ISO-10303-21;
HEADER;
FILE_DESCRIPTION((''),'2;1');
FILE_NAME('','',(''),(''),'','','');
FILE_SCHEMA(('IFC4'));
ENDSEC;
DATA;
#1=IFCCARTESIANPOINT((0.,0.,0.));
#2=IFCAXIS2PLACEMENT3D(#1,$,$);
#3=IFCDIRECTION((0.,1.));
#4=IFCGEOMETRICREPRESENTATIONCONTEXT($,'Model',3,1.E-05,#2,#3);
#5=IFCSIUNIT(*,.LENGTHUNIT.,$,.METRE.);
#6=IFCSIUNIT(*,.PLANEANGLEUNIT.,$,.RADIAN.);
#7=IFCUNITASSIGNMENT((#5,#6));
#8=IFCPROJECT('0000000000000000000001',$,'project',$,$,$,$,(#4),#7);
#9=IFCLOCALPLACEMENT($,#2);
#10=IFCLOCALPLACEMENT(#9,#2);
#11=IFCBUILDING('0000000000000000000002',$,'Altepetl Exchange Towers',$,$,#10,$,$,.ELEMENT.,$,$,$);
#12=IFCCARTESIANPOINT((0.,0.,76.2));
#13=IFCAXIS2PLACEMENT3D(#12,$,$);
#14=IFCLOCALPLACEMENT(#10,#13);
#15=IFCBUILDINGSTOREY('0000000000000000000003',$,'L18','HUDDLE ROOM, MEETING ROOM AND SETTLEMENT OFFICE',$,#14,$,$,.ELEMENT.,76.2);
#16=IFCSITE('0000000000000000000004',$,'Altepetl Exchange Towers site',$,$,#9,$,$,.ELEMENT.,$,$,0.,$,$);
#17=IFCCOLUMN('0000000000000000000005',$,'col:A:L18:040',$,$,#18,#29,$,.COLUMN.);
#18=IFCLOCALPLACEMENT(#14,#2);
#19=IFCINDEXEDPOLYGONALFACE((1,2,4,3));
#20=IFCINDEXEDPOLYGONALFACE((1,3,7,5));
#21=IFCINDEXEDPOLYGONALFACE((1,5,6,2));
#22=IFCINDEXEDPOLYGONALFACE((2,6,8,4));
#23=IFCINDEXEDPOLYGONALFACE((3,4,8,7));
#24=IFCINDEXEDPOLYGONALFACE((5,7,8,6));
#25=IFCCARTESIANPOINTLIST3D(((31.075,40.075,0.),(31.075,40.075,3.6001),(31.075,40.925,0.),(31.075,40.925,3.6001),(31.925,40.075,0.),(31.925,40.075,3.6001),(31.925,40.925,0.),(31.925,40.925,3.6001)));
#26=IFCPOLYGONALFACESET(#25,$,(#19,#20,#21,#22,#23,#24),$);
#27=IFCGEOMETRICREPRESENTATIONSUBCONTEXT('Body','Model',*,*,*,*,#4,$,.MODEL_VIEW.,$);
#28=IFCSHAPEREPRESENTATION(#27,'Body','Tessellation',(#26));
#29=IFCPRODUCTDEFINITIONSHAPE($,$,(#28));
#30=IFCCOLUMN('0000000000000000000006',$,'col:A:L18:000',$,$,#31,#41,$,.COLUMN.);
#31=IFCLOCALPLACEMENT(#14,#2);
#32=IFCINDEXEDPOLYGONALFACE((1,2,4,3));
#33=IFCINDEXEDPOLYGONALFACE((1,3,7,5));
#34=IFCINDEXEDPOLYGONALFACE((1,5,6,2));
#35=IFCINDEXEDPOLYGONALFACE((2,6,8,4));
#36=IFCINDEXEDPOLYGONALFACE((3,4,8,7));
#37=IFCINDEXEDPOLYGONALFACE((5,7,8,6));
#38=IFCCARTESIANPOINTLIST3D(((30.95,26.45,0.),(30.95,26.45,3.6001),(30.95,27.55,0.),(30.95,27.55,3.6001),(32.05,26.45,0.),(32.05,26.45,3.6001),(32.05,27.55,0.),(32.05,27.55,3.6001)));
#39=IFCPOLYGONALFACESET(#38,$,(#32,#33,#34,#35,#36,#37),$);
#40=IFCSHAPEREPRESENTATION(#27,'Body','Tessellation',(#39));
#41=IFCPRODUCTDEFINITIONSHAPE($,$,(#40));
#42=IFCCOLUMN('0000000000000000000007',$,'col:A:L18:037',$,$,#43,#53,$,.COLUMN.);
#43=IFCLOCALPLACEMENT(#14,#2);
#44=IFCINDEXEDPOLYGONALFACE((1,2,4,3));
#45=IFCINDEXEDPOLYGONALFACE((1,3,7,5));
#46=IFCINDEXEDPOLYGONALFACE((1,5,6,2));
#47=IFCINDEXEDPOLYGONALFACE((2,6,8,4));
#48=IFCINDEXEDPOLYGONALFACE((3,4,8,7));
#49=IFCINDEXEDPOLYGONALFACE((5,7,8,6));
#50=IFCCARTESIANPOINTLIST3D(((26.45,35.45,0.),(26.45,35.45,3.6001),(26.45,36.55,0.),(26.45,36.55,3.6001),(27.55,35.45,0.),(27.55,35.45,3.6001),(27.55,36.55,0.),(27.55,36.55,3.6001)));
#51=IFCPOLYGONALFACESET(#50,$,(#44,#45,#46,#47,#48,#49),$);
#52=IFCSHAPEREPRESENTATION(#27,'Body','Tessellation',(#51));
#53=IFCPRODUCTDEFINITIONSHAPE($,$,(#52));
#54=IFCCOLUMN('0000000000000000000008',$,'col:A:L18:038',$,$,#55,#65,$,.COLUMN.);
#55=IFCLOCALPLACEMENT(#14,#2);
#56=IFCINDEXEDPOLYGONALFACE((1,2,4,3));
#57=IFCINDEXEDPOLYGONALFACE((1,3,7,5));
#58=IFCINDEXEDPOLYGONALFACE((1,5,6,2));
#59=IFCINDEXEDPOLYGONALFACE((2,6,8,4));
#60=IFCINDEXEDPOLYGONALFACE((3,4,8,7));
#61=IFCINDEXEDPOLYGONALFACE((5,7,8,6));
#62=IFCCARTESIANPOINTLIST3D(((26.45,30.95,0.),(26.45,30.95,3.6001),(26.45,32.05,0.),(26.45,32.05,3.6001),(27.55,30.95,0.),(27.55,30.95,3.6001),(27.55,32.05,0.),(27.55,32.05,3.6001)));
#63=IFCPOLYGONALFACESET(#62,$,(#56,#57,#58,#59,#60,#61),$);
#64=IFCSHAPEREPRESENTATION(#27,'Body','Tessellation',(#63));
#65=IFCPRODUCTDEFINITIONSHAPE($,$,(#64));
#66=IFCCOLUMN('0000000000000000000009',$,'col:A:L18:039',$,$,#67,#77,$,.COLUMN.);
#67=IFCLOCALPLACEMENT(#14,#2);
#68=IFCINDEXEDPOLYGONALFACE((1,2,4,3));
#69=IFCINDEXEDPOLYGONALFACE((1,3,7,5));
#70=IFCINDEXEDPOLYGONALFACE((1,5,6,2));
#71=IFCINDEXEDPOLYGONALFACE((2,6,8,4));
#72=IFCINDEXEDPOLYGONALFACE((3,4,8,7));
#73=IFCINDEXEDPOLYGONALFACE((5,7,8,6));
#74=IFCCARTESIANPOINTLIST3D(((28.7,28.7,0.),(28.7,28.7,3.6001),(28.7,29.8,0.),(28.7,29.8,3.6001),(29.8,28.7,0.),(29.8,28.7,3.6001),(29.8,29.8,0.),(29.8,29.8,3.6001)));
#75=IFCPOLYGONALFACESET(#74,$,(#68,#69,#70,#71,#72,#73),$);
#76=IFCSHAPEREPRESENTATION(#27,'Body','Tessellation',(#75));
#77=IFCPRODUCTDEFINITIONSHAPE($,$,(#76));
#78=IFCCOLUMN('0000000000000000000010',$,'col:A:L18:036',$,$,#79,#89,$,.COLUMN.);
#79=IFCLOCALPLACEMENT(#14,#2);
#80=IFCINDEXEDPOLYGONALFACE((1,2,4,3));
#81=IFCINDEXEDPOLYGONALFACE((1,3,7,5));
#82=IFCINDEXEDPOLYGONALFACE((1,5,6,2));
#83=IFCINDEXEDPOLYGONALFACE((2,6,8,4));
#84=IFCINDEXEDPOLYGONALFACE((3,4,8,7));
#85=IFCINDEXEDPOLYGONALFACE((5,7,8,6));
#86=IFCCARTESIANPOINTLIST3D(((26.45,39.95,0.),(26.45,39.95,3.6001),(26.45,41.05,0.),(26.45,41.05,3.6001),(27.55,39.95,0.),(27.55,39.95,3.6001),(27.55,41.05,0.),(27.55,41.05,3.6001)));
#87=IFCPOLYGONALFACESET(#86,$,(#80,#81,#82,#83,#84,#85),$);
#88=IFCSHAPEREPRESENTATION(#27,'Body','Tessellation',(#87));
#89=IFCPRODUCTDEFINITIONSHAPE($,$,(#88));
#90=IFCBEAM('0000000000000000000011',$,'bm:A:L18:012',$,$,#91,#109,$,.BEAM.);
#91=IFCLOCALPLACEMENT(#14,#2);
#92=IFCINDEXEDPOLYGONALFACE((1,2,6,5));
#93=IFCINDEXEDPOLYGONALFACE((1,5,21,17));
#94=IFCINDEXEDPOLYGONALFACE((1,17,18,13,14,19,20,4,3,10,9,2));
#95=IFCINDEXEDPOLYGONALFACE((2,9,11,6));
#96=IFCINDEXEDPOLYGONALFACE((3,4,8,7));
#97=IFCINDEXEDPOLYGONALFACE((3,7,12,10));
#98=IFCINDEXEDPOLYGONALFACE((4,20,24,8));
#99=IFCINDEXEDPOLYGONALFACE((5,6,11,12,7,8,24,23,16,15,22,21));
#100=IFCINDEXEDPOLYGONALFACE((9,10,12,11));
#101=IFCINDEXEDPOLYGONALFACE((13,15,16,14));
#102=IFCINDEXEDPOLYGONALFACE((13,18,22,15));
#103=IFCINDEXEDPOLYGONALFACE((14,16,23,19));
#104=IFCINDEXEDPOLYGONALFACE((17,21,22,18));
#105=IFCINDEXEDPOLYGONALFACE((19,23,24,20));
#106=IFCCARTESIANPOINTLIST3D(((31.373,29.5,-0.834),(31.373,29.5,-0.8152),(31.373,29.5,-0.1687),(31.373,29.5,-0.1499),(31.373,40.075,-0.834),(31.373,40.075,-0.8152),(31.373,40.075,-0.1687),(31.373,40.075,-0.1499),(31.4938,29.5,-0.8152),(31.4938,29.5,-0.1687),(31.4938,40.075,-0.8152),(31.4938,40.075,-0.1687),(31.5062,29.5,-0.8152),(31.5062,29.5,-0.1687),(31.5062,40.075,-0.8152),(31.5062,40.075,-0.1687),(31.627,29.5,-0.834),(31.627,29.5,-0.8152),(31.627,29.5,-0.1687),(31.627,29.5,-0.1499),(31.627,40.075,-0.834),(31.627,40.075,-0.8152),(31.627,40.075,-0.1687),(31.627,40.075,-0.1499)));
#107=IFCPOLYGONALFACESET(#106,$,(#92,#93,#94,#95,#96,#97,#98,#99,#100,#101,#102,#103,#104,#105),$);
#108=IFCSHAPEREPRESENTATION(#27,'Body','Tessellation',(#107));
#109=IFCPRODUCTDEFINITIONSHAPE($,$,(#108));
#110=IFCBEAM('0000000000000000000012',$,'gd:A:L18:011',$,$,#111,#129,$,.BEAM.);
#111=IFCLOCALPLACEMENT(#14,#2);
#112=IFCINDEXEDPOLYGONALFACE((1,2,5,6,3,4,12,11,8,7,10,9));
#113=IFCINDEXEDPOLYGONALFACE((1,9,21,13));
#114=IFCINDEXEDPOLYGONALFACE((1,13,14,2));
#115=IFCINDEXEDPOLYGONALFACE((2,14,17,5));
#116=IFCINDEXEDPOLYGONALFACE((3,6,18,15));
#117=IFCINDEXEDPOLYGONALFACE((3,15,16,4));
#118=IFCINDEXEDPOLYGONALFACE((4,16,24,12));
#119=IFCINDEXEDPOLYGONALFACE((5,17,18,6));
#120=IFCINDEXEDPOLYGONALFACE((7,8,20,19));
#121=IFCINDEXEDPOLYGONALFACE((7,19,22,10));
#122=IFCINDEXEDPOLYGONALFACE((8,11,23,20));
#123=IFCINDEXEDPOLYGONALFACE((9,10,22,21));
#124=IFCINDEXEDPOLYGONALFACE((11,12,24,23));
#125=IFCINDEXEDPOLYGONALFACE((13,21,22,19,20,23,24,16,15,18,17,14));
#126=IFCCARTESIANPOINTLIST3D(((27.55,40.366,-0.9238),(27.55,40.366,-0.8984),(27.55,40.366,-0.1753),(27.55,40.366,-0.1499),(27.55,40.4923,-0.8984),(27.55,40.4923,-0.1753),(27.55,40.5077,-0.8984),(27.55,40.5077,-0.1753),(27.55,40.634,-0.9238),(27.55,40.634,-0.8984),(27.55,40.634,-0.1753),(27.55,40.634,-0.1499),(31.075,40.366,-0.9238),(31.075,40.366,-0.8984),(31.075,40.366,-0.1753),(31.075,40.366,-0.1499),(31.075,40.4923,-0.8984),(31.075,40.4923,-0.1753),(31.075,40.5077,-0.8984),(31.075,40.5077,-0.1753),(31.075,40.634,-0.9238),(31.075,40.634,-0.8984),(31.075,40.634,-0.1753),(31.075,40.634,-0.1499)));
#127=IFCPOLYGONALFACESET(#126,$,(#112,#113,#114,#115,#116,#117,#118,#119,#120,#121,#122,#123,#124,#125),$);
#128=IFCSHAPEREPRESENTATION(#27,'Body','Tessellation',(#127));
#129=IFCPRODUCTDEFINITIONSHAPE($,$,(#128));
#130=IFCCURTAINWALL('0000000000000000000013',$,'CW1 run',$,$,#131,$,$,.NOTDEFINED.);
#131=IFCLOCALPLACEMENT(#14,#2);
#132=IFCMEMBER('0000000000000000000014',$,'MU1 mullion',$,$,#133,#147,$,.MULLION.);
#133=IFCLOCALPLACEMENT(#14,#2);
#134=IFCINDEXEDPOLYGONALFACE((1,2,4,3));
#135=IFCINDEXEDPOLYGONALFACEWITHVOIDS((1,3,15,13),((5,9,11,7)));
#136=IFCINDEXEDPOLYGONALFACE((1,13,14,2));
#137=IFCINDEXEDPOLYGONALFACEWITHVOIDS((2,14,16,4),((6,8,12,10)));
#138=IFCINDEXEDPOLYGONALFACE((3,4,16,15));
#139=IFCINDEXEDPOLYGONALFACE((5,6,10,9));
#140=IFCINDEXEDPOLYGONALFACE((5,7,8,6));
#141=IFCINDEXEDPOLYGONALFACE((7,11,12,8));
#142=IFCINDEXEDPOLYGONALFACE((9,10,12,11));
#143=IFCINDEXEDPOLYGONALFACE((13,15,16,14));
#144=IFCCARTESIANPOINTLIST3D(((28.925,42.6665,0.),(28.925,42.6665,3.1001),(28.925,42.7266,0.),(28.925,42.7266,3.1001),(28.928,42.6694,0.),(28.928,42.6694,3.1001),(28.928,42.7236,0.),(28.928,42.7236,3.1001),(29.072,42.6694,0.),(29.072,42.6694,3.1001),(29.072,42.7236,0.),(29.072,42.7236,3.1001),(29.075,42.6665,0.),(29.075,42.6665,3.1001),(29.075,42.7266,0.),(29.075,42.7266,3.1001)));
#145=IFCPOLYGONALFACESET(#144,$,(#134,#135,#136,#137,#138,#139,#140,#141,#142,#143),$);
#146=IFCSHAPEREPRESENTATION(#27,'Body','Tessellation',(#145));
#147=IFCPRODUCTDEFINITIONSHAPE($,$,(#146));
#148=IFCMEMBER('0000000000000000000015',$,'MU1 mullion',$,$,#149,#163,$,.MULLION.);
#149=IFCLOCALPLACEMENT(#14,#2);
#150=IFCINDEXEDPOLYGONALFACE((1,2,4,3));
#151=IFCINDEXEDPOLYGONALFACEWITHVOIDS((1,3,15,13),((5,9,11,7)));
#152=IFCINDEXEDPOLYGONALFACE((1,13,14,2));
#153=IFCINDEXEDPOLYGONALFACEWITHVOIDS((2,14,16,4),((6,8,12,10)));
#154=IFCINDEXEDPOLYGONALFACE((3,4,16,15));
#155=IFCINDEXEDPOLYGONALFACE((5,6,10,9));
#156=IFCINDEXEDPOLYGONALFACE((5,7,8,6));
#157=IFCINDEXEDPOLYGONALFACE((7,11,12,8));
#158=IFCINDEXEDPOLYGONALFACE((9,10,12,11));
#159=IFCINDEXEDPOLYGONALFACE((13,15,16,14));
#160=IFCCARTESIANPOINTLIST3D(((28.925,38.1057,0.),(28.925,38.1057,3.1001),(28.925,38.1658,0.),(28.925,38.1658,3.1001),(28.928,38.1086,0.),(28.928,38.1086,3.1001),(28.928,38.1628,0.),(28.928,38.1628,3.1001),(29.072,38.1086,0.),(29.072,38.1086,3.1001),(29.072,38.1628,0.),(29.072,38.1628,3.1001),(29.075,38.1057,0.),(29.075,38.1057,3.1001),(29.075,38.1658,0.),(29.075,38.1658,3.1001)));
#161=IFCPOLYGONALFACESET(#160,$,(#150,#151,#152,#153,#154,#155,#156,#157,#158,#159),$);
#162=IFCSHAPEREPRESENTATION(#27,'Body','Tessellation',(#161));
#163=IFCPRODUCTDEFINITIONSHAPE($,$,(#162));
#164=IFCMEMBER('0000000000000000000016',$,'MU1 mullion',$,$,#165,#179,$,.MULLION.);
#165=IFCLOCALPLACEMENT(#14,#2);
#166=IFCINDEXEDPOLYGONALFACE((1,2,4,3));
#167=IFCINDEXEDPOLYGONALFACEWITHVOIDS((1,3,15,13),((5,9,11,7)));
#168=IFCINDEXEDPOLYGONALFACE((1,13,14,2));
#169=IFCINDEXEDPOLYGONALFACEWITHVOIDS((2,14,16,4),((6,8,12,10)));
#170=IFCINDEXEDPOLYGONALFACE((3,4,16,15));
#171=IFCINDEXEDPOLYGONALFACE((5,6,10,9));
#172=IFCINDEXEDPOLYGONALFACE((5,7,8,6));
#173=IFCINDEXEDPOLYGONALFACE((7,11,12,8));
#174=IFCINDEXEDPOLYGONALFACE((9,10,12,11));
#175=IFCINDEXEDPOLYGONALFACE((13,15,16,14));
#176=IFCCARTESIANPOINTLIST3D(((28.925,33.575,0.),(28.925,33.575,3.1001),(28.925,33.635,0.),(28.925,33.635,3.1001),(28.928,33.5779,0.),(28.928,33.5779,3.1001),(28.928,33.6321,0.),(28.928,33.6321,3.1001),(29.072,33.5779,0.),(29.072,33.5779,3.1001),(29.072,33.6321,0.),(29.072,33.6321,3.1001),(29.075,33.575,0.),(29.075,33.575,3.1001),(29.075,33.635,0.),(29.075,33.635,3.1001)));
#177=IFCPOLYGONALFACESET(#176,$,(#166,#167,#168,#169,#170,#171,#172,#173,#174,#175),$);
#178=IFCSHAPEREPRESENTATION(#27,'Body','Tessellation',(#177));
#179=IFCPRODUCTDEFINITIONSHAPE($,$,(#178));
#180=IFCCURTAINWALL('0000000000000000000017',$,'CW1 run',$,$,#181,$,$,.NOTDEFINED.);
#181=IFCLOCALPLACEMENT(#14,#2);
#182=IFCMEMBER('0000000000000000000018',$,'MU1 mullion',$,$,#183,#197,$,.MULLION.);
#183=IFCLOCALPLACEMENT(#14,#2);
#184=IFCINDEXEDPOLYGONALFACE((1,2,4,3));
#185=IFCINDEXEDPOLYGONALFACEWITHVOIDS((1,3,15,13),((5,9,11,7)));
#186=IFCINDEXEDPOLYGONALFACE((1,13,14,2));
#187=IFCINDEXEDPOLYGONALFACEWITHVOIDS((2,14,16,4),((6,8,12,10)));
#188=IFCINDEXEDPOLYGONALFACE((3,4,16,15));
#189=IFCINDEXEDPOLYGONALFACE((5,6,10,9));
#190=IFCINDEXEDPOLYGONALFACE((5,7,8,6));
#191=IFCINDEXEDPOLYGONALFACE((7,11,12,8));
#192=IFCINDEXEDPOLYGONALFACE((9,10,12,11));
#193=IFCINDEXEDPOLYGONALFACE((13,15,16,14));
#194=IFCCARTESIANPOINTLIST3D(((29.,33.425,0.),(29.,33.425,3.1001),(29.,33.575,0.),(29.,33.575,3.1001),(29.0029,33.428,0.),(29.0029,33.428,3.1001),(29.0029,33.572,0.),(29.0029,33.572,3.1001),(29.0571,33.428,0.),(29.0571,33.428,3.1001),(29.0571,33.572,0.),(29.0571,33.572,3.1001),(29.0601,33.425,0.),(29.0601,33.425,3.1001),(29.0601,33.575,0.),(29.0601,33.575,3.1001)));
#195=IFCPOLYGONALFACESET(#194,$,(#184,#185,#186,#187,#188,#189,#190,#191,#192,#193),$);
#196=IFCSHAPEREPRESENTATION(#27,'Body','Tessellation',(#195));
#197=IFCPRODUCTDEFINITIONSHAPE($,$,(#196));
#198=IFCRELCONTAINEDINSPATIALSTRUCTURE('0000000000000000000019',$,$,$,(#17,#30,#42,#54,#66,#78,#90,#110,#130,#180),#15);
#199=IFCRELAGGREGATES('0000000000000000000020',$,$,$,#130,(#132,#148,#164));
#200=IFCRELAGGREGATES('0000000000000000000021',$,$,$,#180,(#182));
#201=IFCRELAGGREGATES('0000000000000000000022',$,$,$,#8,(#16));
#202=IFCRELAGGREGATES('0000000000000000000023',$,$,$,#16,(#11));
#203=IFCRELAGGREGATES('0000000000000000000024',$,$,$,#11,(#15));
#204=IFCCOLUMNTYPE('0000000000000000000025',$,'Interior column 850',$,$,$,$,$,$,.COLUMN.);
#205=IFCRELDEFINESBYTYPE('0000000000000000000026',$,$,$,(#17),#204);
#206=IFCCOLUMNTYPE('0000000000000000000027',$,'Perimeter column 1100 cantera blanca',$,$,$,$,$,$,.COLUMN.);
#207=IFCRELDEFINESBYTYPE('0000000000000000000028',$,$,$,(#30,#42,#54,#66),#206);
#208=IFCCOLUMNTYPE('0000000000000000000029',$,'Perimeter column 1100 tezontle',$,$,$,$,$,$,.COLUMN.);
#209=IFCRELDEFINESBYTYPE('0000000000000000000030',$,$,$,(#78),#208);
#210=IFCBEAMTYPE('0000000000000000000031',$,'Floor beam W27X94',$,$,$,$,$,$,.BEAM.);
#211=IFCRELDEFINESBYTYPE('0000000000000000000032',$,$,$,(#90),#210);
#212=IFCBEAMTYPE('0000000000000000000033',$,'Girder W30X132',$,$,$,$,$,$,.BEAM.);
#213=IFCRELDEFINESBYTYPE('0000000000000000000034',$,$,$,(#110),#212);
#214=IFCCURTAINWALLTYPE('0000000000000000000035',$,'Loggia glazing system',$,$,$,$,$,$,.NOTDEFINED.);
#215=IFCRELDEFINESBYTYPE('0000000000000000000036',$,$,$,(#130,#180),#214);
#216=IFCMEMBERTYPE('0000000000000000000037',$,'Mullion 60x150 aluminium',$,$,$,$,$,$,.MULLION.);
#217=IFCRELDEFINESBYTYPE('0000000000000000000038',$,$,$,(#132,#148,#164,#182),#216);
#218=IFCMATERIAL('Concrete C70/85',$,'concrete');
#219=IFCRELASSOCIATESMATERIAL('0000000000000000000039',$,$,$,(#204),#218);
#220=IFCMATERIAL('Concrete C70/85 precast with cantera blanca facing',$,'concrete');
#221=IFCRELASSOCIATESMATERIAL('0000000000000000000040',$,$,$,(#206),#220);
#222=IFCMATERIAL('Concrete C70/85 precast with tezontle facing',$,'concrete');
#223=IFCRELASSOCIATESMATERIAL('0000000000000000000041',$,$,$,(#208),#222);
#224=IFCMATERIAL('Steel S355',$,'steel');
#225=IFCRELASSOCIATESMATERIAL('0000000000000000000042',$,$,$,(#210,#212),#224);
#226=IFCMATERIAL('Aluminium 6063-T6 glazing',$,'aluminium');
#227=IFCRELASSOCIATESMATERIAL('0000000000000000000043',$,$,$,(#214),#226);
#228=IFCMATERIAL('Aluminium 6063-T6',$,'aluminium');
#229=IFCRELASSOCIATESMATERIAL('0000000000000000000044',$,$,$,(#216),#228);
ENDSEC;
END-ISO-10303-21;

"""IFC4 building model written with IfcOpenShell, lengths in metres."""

from ifc_helpers import new_model, si_unit, direction, frame, origin, origin_2d, place, context, subcontext, project, spatial, rectangle, hollow_rectangle, i_section, extrude, material, material_profile, profile_set, type_object, element, aggregate, save


model = new_model("IFC4")

# Units and contexts
model_context = context("Model", 3, precision=1e-05, world=origin(), true_north=direction((0.0, 1.0)))
body_context = subcontext(model_context, "Body", "Model", "MODEL_VIEW")
ifc_project = project(units=[si_unit("LENGTHUNIT", "METRE"), si_unit("PLANEANGLEUNIT", "RADIAN")], contexts=[model_context])

# Site, building, storey
site_placement = place(None, origin())
site = spatial("IfcSite", under=ifc_project, at=site_placement, Name="Altepetl Exchange Towers site", CompositionType="ELEMENT", RefElevation=0.0)
building_placement = place(site_placement, origin())
building = spatial("IfcBuilding", under=site, at=building_placement, Name="Altepetl Exchange Towers", CompositionType="ELEMENT")
storey_placement = place(building_placement, frame((0.0, 0.0, 76.2)))
storey = spatial("IfcBuildingStorey", under=building, at=storey_placement, Name="L18", Description="HUDDLE ROOM, MEETING ROOM AND SETTLEMENT OFFICE", CompositionType="ELEMENT", Elevation=76.2)

# Columns
ifc_material_1 = material(Name="Concrete C70/85", Category="concrete")
ifc_material_profile_1 = material_profile(ifc_material_1, rectangle(XDim=0.8501, YDim=0.8501, at=origin_2d()), Name="850 x 850")
ifc_profile_set_1 = profile_set([ifc_material_profile_1], Name="Concrete C70/85")
column_type_1 = type_object("IfcColumnType", Name="Interior column 850", PredefinedType="COLUMN", material=ifc_profile_set_1)
column_1_placement = place(storey_placement, frame((31.5, 40.5, 0.0)))
element("IfcColumn", 1, at=column_1_placement, inside=storey, type_object=column_type_1, Name="col:A:L18:040", PredefinedType="COLUMN", context=body_context, shape_type="SweptSolid", body=[
    extrude(rectangle(XDim=0.8501, YDim=0.8501, at=origin_2d()), origin(), (0.0, 0.0, 1.0), 3.6001),
])
ifc_material_2 = material(Name="Concrete C70/85 precast with cantera blanca facing", Category="concrete")
ifc_material_profile_2 = material_profile(ifc_material_2, rectangle(XDim=1.1001, YDim=1.1001, at=origin_2d()), Name="1100 x 1100")
ifc_profile_set_2 = profile_set([ifc_material_profile_2], Name="Concrete C70/85 precast with cantera blanca facing")
column_type_2 = type_object("IfcColumnType", Name="Perimeter column 1100 cantera blanca", PredefinedType="COLUMN", material=ifc_profile_set_2)
for number, where, name in (
    (2, (31.5, 27.0, 0.0), "col:A:L18:000"),
    (3, (27.0, 36.0, 0.0), "col:A:L18:037"),
    (4, (27.0, 31.5, 0.0), "col:A:L18:038"),
    (5, (29.25, 29.25, 0.0), "col:A:L18:039"),
):
    element("IfcColumn", number, at=place(storey_placement, frame(where)), inside=storey, type_object=column_type_2, Name=name, PredefinedType="COLUMN", context=body_context, shape_type="SweptSolid", body=[
        extrude(rectangle(XDim=1.1001, YDim=1.1001, at=origin_2d()), origin(), (0.0, 0.0, 1.0), 3.6001),
    ])
ifc_material_3 = material(Name="Concrete C70/85 precast with tezontle facing", Category="concrete")
ifc_material_profile_3 = material_profile(ifc_material_3, rectangle(XDim=1.1001, YDim=1.1001, at=origin_2d()), Name="1100 x 1100")
ifc_profile_set_3 = profile_set([ifc_material_profile_3], Name="Concrete C70/85 precast with tezontle facing")
column_type_3 = type_object("IfcColumnType", Name="Perimeter column 1100 tezontle", PredefinedType="COLUMN", material=ifc_profile_set_3)
column_2_placement = place(storey_placement, frame((27.0, 40.5, 0.0)))
element("IfcColumn", 6, at=column_2_placement, inside=storey, type_object=column_type_3, Name="col:A:L18:036", PredefinedType="COLUMN", context=body_context, shape_type="SweptSolid", body=[
    extrude(rectangle(XDim=1.1001, YDim=1.1001, at=origin_2d()), origin(), (0.0, 0.0, 1.0), 3.6001),
])

# Beams
ifc_material_4 = material(Name="Steel S355", Category="steel")
ifc_material_profile_4 = material_profile(ifc_material_4, i_section(OverallWidth=0.2539, OverallDepth=0.6841, WebThickness=0.0125, FlangeThickness=0.0188, at=origin_2d()), Name="W27X94")
ifc_profile_set_4 = profile_set([ifc_material_profile_4], Name="Steel S355")
beam_type_1 = type_object("IfcBeamType", Name="Floor beam W27X94", PredefinedType="BEAM", material=ifc_profile_set_4)
beam_1_placement = place(storey_placement, frame((31.5, 29.5, -0.4919), z_axis=(0.0, 1.0, 0.0), x_axis=(-1.0, 0.0, 0.0)))
element("IfcBeam", 7, at=beam_1_placement, inside=storey, type_object=beam_type_1, Name="bm:A:L18:012", PredefinedType="BEAM", context=body_context, shape_type="SweptSolid", body=[
    extrude(i_section(OverallWidth=0.2539, OverallDepth=0.6841, WebThickness=0.0125, FlangeThickness=0.0188, at=origin_2d()), origin(), (0.0, 0.0, 1.0), 10.575),
])
ifc_material_profile_5 = material_profile(ifc_material_4, i_section(OverallWidth=0.2681, OverallDepth=0.7739, WebThickness=0.0154, FlangeThickness=0.0254, at=origin_2d()), Name="W30X132")
ifc_profile_set_5 = profile_set([ifc_material_profile_5], Name="Steel S355")
beam_type_2 = type_object("IfcBeamType", Name="Girder W30X132", PredefinedType="BEAM", material=ifc_profile_set_5)
beam_2_placement = place(storey_placement, frame((31.075, 40.5, -0.5369), z_axis=(-1.0, 0.0, 0.0), x_axis=(0.0, -1.0, 0.0)))
element("IfcBeam", 8, at=beam_2_placement, inside=storey, type_object=beam_type_2, Name="gd:A:L18:011", PredefinedType="BEAM", context=body_context, shape_type="SweptSolid", body=[
    extrude(i_section(OverallWidth=0.2681, OverallDepth=0.7739, WebThickness=0.0154, FlangeThickness=0.0254, at=origin_2d()), origin(), (0.0, 0.0, 1.0), 3.5249),
])

# Curtain walls, members
ifc_material_5 = material(Name="Aluminium 6063-T6 glazing", Category="aluminium")
curtain_wall_type = type_object("IfcCurtainWallType", Name="Loggia glazing system", PredefinedType="NOTDEFINED", material=ifc_material_5)
curtain_wall_1_placement = place(storey_placement, origin())
curtain_wall_1 = element("IfcCurtainWall", 9, at=curtain_wall_1_placement, inside=storey, type_object=curtain_wall_type, Name="CW1 run", PredefinedType="NOTDEFINED")
ifc_material_6 = material(Name="Aluminium 6063-T6", Category="aluminium")
ifc_material_profile_6 = material_profile(ifc_material_6, hollow_rectangle(XDim=0.0601, YDim=0.1499, WallThickness=0.0029, at=origin_2d()), Name="Mullion 60x150 aluminium")
ifc_profile_set_6 = profile_set([ifc_material_profile_6], Name="Aluminium 6063-T6")
member_type = type_object("IfcMemberType", Name="Mullion 60x150 aluminium", PredefinedType="MULLION", material=ifc_profile_set_6)
member_1_placement = place(storey_placement, frame((29.0, 42.6965, 0.0), z_axis=(0.0, 0.0, 1.0), x_axis=(0.0, -1.0, 0.0)))
member_1 = element("IfcMember", 10, at=member_1_placement, type_object=member_type, Name="MU1 mullion", PredefinedType="MULLION", context=body_context, shape_type="SweptSolid", body=[
    extrude(hollow_rectangle(XDim=0.0601, YDim=0.1499, WallThickness=0.0029, at=origin_2d()), origin(), (0.0, 0.0, 1.0), 3.1001),
])
member_2_placement = place(storey_placement, frame((29.0, 38.1357, 0.0), z_axis=(0.0, 0.0, 1.0), x_axis=(0.0, -1.0, 0.0)))
member_2 = element("IfcMember", 11, at=member_2_placement, type_object=member_type, Name="MU1 mullion", PredefinedType="MULLION", context=body_context, shape_type="SweptSolid", body=[
    extrude(hollow_rectangle(XDim=0.0601, YDim=0.1499, WallThickness=0.0029, at=origin_2d()), origin(), (0.0, 0.0, 1.0), 3.1001),
])
member_3_placement = place(storey_placement, frame((29.0, 33.605, 0.0), z_axis=(0.0, 0.0, 1.0), x_axis=(0.0, -1.0, 0.0)))
member_3 = element("IfcMember", 12, at=member_3_placement, type_object=member_type, Name="MU1 mullion", PredefinedType="MULLION", context=body_context, shape_type="SweptSolid", body=[
    extrude(hollow_rectangle(XDim=0.0601, YDim=0.1499, WallThickness=0.0029, at=origin_2d()), origin(), (0.0, 0.0, 1.0), 3.1001),
])
curtain_wall_2_placement = place(storey_placement, origin())
curtain_wall_2 = element("IfcCurtainWall", 13, at=curtain_wall_2_placement, inside=storey, type_object=curtain_wall_type, Name="CW1 run", PredefinedType="NOTDEFINED")
member_4_placement = place(storey_placement, frame((29.03, 33.5, 0.0)))
member_4 = element("IfcMember", 14, at=member_4_placement, type_object=member_type, Name="MU1 mullion", PredefinedType="MULLION", context=body_context, shape_type="SweptSolid", body=[
    extrude(hollow_rectangle(XDim=0.0601, YDim=0.1499, WallThickness=0.0029, at=origin_2d()), origin(), (0.0, 0.0, 1.0), 3.1001),
])

aggregate(curtain_wall_1, [member_1, member_2, member_3])
aggregate(curtain_wall_2, [member_4])

save(model, "model.ifc")
